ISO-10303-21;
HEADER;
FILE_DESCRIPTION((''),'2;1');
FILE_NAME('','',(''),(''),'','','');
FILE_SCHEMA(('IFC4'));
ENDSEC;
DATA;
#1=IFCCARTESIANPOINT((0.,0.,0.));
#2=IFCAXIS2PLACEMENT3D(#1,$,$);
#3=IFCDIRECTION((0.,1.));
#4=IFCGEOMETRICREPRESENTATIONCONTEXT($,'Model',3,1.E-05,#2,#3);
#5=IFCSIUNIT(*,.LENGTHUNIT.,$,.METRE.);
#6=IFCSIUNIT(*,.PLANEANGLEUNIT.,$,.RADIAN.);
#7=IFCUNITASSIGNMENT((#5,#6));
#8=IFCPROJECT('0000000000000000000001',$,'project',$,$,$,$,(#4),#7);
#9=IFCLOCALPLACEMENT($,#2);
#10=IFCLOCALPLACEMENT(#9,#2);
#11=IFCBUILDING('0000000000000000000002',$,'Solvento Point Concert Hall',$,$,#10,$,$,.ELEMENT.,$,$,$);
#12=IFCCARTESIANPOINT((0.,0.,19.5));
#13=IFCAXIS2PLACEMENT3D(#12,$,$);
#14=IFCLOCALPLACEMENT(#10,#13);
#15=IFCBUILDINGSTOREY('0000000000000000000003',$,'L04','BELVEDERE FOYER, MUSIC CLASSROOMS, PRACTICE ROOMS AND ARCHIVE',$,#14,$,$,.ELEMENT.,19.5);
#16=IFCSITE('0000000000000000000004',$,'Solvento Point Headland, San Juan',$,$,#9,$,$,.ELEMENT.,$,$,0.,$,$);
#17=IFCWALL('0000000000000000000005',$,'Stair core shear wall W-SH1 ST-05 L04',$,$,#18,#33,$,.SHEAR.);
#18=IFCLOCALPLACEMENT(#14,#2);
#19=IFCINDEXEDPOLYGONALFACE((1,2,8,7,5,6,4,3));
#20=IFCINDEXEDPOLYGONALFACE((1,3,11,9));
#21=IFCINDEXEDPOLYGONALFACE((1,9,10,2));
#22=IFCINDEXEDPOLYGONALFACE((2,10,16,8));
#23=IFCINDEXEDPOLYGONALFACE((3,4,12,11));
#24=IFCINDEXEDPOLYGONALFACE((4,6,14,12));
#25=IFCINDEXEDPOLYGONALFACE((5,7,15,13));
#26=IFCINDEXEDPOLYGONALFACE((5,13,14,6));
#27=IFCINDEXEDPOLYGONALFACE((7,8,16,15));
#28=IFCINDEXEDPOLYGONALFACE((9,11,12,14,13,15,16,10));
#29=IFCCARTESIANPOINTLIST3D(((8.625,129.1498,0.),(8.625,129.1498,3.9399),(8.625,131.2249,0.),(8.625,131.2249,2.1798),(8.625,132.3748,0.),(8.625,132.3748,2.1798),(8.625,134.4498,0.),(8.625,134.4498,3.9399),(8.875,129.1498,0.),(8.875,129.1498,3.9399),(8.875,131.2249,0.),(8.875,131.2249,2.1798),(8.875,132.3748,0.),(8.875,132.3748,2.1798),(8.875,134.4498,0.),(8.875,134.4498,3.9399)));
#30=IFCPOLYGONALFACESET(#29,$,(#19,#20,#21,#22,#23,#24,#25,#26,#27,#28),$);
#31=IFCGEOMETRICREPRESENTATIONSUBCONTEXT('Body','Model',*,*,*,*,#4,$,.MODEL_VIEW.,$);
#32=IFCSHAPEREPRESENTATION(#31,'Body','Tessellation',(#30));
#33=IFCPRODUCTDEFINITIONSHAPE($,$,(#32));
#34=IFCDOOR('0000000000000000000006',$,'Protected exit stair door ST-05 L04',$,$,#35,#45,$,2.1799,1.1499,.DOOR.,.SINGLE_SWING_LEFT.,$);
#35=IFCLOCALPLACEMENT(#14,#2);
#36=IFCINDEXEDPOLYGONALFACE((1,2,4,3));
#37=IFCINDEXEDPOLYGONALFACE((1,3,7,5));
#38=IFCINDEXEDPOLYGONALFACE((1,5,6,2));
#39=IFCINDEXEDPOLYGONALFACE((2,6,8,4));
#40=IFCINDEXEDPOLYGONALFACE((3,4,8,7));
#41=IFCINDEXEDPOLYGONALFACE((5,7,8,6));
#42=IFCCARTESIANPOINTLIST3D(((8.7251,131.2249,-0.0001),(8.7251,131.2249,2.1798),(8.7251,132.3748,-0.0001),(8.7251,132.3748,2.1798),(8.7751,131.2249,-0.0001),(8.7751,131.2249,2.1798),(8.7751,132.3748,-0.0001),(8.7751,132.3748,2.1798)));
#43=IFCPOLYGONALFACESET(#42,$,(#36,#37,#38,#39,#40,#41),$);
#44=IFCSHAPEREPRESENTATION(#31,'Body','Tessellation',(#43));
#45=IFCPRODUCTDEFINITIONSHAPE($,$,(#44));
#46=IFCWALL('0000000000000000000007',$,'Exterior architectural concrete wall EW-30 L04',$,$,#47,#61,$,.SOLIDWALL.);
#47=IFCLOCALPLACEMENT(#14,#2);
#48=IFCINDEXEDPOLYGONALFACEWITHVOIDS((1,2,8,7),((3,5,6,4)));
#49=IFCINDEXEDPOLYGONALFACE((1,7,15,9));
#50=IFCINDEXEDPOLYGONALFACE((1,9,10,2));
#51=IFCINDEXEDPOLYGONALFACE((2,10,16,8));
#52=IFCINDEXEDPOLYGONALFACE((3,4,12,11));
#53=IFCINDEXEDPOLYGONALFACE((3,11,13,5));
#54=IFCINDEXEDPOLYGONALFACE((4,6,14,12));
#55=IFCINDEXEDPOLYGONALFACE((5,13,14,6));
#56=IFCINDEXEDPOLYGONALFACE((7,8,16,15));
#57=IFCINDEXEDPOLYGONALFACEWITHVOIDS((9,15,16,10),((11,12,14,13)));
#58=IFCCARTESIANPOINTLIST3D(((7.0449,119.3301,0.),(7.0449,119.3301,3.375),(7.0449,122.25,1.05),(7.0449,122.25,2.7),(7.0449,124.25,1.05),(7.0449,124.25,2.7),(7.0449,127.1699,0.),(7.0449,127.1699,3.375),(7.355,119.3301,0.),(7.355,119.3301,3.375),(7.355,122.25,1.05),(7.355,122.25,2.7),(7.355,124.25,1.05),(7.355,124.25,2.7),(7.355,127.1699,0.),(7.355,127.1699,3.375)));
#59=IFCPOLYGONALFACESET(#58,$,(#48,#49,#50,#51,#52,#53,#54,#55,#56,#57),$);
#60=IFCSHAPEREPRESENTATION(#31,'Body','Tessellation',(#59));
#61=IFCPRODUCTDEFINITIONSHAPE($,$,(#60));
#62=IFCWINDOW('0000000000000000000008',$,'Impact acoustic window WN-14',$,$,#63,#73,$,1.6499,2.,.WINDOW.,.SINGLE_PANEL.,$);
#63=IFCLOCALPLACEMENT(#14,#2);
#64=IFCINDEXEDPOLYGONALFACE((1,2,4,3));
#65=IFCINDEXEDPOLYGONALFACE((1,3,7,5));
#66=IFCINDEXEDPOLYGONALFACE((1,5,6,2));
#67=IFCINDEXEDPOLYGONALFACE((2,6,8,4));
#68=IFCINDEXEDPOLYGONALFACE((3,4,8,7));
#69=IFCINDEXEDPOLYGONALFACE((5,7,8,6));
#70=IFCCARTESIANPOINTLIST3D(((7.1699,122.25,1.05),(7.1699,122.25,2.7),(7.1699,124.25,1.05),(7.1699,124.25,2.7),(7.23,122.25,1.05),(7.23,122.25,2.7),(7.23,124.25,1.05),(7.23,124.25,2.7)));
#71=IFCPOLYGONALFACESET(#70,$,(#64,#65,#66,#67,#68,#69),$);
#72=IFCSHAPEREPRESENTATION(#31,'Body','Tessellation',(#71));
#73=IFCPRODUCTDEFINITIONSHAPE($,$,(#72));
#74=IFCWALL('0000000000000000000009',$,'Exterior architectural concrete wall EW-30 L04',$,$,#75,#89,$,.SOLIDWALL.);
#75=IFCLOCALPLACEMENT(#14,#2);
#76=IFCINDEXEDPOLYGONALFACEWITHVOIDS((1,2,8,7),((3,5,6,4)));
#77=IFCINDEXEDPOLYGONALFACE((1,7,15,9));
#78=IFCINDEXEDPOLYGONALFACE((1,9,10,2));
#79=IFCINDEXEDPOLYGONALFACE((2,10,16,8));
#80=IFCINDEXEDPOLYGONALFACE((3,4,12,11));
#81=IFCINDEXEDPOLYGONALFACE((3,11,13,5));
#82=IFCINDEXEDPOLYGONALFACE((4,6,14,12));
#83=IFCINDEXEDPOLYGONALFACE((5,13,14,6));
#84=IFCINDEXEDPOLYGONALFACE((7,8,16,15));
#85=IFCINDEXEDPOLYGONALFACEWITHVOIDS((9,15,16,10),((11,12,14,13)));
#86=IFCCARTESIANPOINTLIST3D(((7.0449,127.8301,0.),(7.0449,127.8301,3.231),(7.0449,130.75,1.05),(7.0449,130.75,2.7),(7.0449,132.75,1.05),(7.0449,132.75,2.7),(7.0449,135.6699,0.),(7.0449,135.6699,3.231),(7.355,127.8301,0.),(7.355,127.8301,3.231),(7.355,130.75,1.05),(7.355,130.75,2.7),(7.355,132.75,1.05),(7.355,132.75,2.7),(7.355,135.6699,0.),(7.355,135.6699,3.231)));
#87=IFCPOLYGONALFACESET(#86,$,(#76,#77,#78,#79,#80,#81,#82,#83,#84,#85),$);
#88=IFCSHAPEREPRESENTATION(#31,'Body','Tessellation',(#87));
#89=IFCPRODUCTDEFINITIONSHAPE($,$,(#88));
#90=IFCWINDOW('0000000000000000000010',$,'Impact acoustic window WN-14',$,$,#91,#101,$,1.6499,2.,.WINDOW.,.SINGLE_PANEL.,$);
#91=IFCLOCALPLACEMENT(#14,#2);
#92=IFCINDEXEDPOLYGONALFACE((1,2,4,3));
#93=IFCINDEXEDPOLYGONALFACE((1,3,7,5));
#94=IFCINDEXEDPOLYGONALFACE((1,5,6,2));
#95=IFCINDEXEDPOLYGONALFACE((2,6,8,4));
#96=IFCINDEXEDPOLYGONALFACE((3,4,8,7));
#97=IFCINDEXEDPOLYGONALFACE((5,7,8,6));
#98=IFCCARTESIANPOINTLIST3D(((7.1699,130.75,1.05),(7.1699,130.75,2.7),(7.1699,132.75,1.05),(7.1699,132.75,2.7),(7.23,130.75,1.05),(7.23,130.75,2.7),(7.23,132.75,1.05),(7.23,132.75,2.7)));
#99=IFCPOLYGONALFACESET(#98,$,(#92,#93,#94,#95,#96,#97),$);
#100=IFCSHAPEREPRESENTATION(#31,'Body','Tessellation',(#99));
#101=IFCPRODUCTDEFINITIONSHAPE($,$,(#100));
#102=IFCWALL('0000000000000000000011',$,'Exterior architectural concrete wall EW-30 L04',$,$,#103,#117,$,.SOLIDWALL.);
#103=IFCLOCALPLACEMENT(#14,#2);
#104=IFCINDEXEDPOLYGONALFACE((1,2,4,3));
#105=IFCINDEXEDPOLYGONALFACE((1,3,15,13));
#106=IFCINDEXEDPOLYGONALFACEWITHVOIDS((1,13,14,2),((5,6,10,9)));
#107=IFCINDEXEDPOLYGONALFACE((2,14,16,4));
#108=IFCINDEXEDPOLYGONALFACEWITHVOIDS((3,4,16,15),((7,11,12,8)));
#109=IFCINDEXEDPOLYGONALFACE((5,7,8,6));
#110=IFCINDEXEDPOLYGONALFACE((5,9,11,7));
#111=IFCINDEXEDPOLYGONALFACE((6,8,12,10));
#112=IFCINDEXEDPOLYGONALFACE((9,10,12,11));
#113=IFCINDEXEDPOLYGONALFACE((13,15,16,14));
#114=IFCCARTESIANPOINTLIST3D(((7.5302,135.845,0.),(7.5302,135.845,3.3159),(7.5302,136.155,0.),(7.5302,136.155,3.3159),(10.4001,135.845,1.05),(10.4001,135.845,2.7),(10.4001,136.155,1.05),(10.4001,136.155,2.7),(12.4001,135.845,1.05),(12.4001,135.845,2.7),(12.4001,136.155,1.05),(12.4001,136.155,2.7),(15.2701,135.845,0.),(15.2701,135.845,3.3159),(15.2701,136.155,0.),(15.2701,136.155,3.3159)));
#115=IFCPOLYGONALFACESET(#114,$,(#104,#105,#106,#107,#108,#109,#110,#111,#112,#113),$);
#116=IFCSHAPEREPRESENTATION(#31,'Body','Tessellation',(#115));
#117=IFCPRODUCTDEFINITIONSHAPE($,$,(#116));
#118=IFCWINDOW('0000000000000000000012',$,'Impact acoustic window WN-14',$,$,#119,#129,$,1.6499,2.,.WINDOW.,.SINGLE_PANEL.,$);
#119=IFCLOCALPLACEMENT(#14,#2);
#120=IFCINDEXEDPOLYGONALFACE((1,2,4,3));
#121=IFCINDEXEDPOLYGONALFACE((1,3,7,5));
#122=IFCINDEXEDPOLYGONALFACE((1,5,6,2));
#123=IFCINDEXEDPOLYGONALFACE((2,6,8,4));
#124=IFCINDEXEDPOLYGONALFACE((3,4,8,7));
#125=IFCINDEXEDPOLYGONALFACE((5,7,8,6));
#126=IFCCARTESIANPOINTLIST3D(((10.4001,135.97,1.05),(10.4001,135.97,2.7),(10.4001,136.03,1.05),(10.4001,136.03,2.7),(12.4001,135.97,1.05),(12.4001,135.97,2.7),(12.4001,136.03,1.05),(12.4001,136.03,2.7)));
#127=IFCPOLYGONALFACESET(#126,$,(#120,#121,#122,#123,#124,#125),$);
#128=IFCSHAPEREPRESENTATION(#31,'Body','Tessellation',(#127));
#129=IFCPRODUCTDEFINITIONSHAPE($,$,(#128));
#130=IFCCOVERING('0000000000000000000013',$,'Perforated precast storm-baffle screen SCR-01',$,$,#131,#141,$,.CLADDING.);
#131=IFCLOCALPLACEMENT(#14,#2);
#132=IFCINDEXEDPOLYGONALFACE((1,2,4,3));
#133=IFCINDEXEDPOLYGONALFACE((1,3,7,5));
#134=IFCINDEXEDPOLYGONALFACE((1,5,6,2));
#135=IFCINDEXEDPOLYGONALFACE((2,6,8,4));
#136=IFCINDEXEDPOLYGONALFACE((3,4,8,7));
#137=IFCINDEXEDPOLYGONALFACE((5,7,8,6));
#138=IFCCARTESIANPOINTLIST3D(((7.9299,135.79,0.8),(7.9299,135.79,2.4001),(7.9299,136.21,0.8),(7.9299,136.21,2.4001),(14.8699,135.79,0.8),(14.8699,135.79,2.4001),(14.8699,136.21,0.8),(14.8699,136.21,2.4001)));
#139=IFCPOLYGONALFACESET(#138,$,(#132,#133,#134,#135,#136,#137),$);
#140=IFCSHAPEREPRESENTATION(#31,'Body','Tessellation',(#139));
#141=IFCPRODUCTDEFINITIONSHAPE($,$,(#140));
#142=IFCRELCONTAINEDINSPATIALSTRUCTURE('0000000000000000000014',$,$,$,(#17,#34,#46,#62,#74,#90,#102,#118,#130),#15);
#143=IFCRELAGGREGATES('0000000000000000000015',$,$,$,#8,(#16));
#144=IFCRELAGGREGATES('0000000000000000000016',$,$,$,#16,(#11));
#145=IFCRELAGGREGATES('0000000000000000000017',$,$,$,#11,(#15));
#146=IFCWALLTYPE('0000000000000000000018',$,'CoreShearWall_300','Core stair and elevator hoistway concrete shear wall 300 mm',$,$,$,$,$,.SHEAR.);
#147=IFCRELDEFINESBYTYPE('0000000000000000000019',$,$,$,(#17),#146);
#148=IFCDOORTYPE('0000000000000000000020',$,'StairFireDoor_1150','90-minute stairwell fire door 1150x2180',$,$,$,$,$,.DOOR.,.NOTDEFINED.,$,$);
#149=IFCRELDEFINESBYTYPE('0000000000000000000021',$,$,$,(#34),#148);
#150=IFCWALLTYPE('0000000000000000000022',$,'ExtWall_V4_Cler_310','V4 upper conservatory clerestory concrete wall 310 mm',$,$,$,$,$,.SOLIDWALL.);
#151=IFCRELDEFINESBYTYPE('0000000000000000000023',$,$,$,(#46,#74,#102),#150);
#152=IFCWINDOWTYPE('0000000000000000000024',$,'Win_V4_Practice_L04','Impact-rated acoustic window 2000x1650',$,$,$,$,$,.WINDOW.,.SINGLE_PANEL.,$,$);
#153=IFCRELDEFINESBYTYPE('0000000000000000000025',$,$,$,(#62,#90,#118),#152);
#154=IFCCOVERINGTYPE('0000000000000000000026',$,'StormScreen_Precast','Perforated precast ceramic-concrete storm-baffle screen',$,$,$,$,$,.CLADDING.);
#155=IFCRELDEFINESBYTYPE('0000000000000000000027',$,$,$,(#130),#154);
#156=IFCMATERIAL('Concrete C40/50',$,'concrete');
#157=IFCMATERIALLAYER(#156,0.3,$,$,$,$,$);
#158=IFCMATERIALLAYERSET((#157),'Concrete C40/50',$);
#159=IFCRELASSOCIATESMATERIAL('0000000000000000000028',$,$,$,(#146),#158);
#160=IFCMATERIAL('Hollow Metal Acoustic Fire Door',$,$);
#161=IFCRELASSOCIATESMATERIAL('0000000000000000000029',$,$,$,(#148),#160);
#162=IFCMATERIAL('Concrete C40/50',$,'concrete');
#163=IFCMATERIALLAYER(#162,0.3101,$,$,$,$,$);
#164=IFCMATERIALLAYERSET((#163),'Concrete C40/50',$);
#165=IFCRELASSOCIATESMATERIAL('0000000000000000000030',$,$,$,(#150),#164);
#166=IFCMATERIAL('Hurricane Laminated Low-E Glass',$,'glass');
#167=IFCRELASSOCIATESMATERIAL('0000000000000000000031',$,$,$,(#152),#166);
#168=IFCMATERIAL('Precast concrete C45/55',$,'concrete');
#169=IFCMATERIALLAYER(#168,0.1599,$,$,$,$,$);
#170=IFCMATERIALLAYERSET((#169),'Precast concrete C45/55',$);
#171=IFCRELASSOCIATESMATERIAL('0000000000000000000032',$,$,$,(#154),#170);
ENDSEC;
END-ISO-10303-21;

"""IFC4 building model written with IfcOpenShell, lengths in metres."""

from ifc_helpers import new_model, si_unit, direction, frame, frame_2d, origin, origin_2d, place, context, subcontext, project, spatial, rectangle, extrude, material, layer, layer_set, type_object, element, fill, save


model = new_model("IFC4")

# Units and contexts
model_context = context("Model", 3, precision=1e-05, world=origin(), true_north=direction((0.0, 1.0)))
body_context = subcontext(model_context, "Body", "Model", "MODEL_VIEW")
ifc_project = project(units=[si_unit("LENGTHUNIT", "METRE"), si_unit("PLANEANGLEUNIT", "RADIAN")], contexts=[model_context])

# Site, building, storey
site_placement = place(None, origin())
site = spatial("IfcSite", under=ifc_project, at=site_placement, Name="Solvento Point Headland, San Juan", CompositionType="ELEMENT", RefElevation=0.0)
building_placement = place(site_placement, origin())
building = spatial("IfcBuilding", under=site, at=building_placement, Name="Solvento Point Concert Hall", CompositionType="ELEMENT")
storey_placement = place(building_placement, frame((0.0, 0.0, 19.5)))
storey = spatial("IfcBuildingStorey", under=building, at=storey_placement, Name="L04", Description="BELVEDERE FOYER, MUSIC CLASSROOMS, PRACTICE ROOMS AND ARCHIVE", CompositionType="ELEMENT", Elevation=19.5)

# Shared definitions
ifc_material_1 = material(Name="Concrete C40/50", Category="concrete")
ifc_layer_1 = layer(ifc_material_1, 0.3)
ifc_layer_set_1 = layer_set([ifc_layer_1], Name="Concrete C40/50")
wall_type_1 = type_object("IfcWallType", Name="CoreShearWall_300", Description="Core stair and elevator hoistway concrete shear wall 300 mm", PredefinedType="SHEAR", material=ifc_layer_set_1)

# Wall, opening, door
wall_1_placement = place(storey_placement, frame((8.75, 129.1499, 0.0), z_axis=(0.0, 0.0, 1.0), x_axis=(0.0, 1.0, 0.0)))
wall_1 = element("IfcWall", 1, at=wall_1_placement, inside=storey, type_object=wall_type_1, Name="Stair core shear wall W-SH1 ST-05 L04", PredefinedType="SHEAR", context=body_context, shape_type="SweptSolid", body=[
    extrude(rectangle(XDim=5.3, YDim=0.25, at=frame_2d((2.6499, 0.0))), origin(), (0.0, 0.0, 1.0), 3.9399),
])
opening_1_placement = place(wall_1_placement, frame((2.075, 0.0, 0.0)))
opening_1 = element("IfcOpeningElement", 2, at=opening_1_placement, cuts=wall_1, PredefinedType="OPENING", context=body_context, shape_type="SweptSolid", body=[
    extrude(rectangle(XDim=1.1499, YDim=2.1799, at=frame_2d((0.575, 1.0898))), frame((0.0, 0.135, 0.0), z_axis=(0.0, -1.0, 0.0), x_axis=(1.0, 0.0, 0.0)), (0.0, 0.0, 1.0), 0.27),
])
ifc_material_2 = material(Name="Hollow Metal Acoustic Fire Door")
door_type = type_object("IfcDoorType", Name="StairFireDoor_1150", Description="90-minute stairwell fire door 1150x2180", OperationType="NOTDEFINED", PredefinedType="DOOR", material=ifc_material_2)
door_placement = place(opening_1_placement, origin())
door = element("IfcDoor", 3, at=door_placement, inside=storey, type_object=door_type, Name="Protected exit stair door ST-05 L04", OperationType="SINGLE_SWING_LEFT", OverallHeight=2.1799, OverallWidth=1.1499, PredefinedType="DOOR", context=body_context, shape_type="SweptSolid", body=[
    extrude(rectangle(XDim=1.1499, YDim=2.1799, at=frame_2d((0.575, 1.0898))), frame((0.0, 0.0249, 0.0), z_axis=(0.0, -1.0, 0.0), x_axis=(1.0, 0.0, 0.0)), (0.0, 0.0, 1.0), 0.05),
])
fill(opening_1, door)

# Walls, openings, windows
ifc_material_3 = material(Name="Concrete C40/50", Category="concrete")
ifc_layer_2 = layer(ifc_material_3, 0.3101)
ifc_layer_set_2 = layer_set([ifc_layer_2], Name="Concrete C40/50")
wall_type_2 = type_object("IfcWallType", Name="ExtWall_V4_Cler_310", Description="V4 upper conservatory clerestory concrete wall 310 mm", PredefinedType="SOLIDWALL", material=ifc_layer_set_2)
wall_2_placement = place(storey_placement, frame((7.2, 119.3301, 0.0), z_axis=(0.0, 0.0, 1.0), x_axis=(0.0, 1.0, 0.0)))
wall_2 = element("IfcWall", 4, at=wall_2_placement, inside=storey, type_object=wall_type_2, Name="Exterior architectural concrete wall EW-30 L04", PredefinedType="SOLIDWALL", context=body_context, shape_type="SweptSolid", body=[
    extrude(rectangle(XDim=7.8398, YDim=0.3101, at=frame_2d((3.9199, 0.0))), origin(), (0.0, 0.0, 1.0), 3.375),
])
opening_2_placement = place(wall_2_placement, frame((2.9199, 0.0, 1.05)))
opening_2 = element("IfcOpeningElement", 5, at=opening_2_placement, cuts=wall_2, PredefinedType="OPENING", context=body_context, shape_type="SweptSolid", body=[
    extrude(rectangle(XDim=2.0, YDim=1.6499, at=frame_2d((1.0, 0.825))), frame((0.0, 0.165, 0.0), z_axis=(0.0, -1.0, 0.0), x_axis=(1.0, 0.0, 0.0)), (0.0, 0.0, 1.0), 0.3301),
])
ifc_material_4 = material(Name="Hurricane Laminated Low-E Glass", Category="glass")
window_type = type_object("IfcWindowType", Name="Win_V4_Practice_L04", Description="Impact-rated acoustic window 2000x1650", PartitioningType="SINGLE_PANEL", PredefinedType="WINDOW", material=ifc_material_4)
window_1_placement = place(opening_2_placement, origin())
window_1 = element("IfcWindow", 6, at=window_1_placement, inside=storey, type_object=window_type, Name="Impact acoustic window WN-14", OverallHeight=1.6499, OverallWidth=2.0, PartitioningType="SINGLE_PANEL", PredefinedType="WINDOW", context=body_context, shape_type="SweptSolid", body=[
    extrude(rectangle(XDim=2.0, YDim=1.6499, at=frame_2d((1.0, 0.825))), frame((0.0, 0.03, 0.0), z_axis=(0.0, -1.0, 0.0), x_axis=(1.0, 0.0, 0.0)), (0.0, 0.0, 1.0), 0.0601),
])
fill(opening_2, window_1)
wall_3_placement = place(storey_placement, frame((7.2, 127.8301, 0.0), z_axis=(0.0, 0.0, 1.0), x_axis=(0.0, 1.0, 0.0)))
wall_3 = element("IfcWall", 7, at=wall_3_placement, inside=storey, type_object=wall_type_2, Name="Exterior architectural concrete wall EW-30 L04", PredefinedType="SOLIDWALL", context=body_context, shape_type="SweptSolid", body=[
    extrude(rectangle(XDim=7.8398, YDim=0.3101, at=frame_2d((3.9199, 0.0))), origin(), (0.0, 0.0, 1.0), 3.231),
])
opening_3_placement = place(wall_3_placement, frame((2.9199, 0.0, 1.05)))
opening_3 = element("IfcOpeningElement", 8, at=opening_3_placement, cuts=wall_3, PredefinedType="OPENING", context=body_context, shape_type="SweptSolid", body=[
    extrude(rectangle(XDim=2.0, YDim=1.6499, at=frame_2d((1.0, 0.825))), frame((0.0, 0.165, 0.0), z_axis=(0.0, -1.0, 0.0), x_axis=(1.0, 0.0, 0.0)), (0.0, 0.0, 1.0), 0.3301),
])
window_2_placement = place(opening_3_placement, origin())
window_2 = element("IfcWindow", 9, at=window_2_placement, inside=storey, type_object=window_type, Name="Impact acoustic window WN-14", OverallHeight=1.6499, OverallWidth=2.0, PartitioningType="SINGLE_PANEL", PredefinedType="WINDOW", context=body_context, shape_type="SweptSolid", body=[
    extrude(rectangle(XDim=2.0, YDim=1.6499, at=frame_2d((1.0, 0.825))), frame((0.0, 0.03, 0.0), z_axis=(0.0, -1.0, 0.0), x_axis=(1.0, 0.0, 0.0)), (0.0, 0.0, 1.0), 0.0601),
])
fill(opening_3, window_2)
wall_4_placement = place(storey_placement, frame((7.53, 136.0, 0.0), z_axis=(0.0, 0.0, 1.0), x_axis=(1.0, 0.0, 0.0)))
wall_4 = element("IfcWall", 10, at=wall_4_placement, inside=storey, type_object=wall_type_2, Name="Exterior architectural concrete wall EW-30 L04", PredefinedType="SOLIDWALL", context=body_context, shape_type="SweptSolid", body=[
    extrude(rectangle(XDim=7.74, YDim=0.3101, at=frame_2d((3.8701, 0.0))), origin(), (0.0, 0.0, 1.0), 3.3159),
])
opening_4_placement = place(wall_4_placement, frame((2.8701, 0.0, 1.05)))
opening_4 = element("IfcOpeningElement", 11, at=opening_4_placement, cuts=wall_4, PredefinedType="OPENING", context=body_context, shape_type="SweptSolid", body=[
    extrude(rectangle(XDim=2.0, YDim=1.6499, at=frame_2d((1.0, 0.825))), frame((0.0, 0.165, 0.0), z_axis=(0.0, -1.0, 0.0), x_axis=(1.0, 0.0, 0.0)), (0.0, 0.0, 1.0), 0.3301),
])
window_3_placement = place(opening_4_placement, origin())
window_3 = element("IfcWindow", 12, at=window_3_placement, inside=storey, type_object=window_type, Name="Impact acoustic window WN-14", OverallHeight=1.6499, OverallWidth=2.0, PartitioningType="SINGLE_PANEL", PredefinedType="WINDOW", context=body_context, shape_type="SweptSolid", body=[
    extrude(rectangle(XDim=2.0, YDim=1.6499, at=frame_2d((1.0, 0.825))), frame((0.0, 0.03, 0.0), z_axis=(0.0, -1.0, 0.0), x_axis=(1.0, 0.0, 0.0)), (0.0, 0.0, 1.0), 0.0601),
])
fill(opening_4, window_3)

# Covering
ifc_material_5 = material(Name="Precast concrete C45/55", Category="concrete")
ifc_layer_3 = layer(ifc_material_5, 0.1599)
ifc_layer_set_3 = layer_set([ifc_layer_3], Name="Precast concrete C45/55")
covering_type = type_object("IfcCoveringType", Name="StormScreen_Precast", Description="Perforated precast ceramic-concrete storm-baffle screen", PredefinedType="CLADDING", material=ifc_layer_set_3)
covering_placement = place(storey_placement, frame((11.3999, 136.0, 0.8), z_axis=(0.0, 0.0, 1.0), x_axis=(1.0, 0.0, 0.0)))
element("IfcCovering", 13, at=covering_placement, inside=storey, type_object=covering_type, Name="Perforated precast storm-baffle screen SCR-01", PredefinedType="CLADDING", context=body_context, shape_type="SweptSolid", body=[
    extrude(rectangle(XDim=6.9399, YDim=0.4199, at=origin_2d()), origin(), (0.0, 0.0, 1.0), 1.6001),
])

save(model, "model.ifc")
